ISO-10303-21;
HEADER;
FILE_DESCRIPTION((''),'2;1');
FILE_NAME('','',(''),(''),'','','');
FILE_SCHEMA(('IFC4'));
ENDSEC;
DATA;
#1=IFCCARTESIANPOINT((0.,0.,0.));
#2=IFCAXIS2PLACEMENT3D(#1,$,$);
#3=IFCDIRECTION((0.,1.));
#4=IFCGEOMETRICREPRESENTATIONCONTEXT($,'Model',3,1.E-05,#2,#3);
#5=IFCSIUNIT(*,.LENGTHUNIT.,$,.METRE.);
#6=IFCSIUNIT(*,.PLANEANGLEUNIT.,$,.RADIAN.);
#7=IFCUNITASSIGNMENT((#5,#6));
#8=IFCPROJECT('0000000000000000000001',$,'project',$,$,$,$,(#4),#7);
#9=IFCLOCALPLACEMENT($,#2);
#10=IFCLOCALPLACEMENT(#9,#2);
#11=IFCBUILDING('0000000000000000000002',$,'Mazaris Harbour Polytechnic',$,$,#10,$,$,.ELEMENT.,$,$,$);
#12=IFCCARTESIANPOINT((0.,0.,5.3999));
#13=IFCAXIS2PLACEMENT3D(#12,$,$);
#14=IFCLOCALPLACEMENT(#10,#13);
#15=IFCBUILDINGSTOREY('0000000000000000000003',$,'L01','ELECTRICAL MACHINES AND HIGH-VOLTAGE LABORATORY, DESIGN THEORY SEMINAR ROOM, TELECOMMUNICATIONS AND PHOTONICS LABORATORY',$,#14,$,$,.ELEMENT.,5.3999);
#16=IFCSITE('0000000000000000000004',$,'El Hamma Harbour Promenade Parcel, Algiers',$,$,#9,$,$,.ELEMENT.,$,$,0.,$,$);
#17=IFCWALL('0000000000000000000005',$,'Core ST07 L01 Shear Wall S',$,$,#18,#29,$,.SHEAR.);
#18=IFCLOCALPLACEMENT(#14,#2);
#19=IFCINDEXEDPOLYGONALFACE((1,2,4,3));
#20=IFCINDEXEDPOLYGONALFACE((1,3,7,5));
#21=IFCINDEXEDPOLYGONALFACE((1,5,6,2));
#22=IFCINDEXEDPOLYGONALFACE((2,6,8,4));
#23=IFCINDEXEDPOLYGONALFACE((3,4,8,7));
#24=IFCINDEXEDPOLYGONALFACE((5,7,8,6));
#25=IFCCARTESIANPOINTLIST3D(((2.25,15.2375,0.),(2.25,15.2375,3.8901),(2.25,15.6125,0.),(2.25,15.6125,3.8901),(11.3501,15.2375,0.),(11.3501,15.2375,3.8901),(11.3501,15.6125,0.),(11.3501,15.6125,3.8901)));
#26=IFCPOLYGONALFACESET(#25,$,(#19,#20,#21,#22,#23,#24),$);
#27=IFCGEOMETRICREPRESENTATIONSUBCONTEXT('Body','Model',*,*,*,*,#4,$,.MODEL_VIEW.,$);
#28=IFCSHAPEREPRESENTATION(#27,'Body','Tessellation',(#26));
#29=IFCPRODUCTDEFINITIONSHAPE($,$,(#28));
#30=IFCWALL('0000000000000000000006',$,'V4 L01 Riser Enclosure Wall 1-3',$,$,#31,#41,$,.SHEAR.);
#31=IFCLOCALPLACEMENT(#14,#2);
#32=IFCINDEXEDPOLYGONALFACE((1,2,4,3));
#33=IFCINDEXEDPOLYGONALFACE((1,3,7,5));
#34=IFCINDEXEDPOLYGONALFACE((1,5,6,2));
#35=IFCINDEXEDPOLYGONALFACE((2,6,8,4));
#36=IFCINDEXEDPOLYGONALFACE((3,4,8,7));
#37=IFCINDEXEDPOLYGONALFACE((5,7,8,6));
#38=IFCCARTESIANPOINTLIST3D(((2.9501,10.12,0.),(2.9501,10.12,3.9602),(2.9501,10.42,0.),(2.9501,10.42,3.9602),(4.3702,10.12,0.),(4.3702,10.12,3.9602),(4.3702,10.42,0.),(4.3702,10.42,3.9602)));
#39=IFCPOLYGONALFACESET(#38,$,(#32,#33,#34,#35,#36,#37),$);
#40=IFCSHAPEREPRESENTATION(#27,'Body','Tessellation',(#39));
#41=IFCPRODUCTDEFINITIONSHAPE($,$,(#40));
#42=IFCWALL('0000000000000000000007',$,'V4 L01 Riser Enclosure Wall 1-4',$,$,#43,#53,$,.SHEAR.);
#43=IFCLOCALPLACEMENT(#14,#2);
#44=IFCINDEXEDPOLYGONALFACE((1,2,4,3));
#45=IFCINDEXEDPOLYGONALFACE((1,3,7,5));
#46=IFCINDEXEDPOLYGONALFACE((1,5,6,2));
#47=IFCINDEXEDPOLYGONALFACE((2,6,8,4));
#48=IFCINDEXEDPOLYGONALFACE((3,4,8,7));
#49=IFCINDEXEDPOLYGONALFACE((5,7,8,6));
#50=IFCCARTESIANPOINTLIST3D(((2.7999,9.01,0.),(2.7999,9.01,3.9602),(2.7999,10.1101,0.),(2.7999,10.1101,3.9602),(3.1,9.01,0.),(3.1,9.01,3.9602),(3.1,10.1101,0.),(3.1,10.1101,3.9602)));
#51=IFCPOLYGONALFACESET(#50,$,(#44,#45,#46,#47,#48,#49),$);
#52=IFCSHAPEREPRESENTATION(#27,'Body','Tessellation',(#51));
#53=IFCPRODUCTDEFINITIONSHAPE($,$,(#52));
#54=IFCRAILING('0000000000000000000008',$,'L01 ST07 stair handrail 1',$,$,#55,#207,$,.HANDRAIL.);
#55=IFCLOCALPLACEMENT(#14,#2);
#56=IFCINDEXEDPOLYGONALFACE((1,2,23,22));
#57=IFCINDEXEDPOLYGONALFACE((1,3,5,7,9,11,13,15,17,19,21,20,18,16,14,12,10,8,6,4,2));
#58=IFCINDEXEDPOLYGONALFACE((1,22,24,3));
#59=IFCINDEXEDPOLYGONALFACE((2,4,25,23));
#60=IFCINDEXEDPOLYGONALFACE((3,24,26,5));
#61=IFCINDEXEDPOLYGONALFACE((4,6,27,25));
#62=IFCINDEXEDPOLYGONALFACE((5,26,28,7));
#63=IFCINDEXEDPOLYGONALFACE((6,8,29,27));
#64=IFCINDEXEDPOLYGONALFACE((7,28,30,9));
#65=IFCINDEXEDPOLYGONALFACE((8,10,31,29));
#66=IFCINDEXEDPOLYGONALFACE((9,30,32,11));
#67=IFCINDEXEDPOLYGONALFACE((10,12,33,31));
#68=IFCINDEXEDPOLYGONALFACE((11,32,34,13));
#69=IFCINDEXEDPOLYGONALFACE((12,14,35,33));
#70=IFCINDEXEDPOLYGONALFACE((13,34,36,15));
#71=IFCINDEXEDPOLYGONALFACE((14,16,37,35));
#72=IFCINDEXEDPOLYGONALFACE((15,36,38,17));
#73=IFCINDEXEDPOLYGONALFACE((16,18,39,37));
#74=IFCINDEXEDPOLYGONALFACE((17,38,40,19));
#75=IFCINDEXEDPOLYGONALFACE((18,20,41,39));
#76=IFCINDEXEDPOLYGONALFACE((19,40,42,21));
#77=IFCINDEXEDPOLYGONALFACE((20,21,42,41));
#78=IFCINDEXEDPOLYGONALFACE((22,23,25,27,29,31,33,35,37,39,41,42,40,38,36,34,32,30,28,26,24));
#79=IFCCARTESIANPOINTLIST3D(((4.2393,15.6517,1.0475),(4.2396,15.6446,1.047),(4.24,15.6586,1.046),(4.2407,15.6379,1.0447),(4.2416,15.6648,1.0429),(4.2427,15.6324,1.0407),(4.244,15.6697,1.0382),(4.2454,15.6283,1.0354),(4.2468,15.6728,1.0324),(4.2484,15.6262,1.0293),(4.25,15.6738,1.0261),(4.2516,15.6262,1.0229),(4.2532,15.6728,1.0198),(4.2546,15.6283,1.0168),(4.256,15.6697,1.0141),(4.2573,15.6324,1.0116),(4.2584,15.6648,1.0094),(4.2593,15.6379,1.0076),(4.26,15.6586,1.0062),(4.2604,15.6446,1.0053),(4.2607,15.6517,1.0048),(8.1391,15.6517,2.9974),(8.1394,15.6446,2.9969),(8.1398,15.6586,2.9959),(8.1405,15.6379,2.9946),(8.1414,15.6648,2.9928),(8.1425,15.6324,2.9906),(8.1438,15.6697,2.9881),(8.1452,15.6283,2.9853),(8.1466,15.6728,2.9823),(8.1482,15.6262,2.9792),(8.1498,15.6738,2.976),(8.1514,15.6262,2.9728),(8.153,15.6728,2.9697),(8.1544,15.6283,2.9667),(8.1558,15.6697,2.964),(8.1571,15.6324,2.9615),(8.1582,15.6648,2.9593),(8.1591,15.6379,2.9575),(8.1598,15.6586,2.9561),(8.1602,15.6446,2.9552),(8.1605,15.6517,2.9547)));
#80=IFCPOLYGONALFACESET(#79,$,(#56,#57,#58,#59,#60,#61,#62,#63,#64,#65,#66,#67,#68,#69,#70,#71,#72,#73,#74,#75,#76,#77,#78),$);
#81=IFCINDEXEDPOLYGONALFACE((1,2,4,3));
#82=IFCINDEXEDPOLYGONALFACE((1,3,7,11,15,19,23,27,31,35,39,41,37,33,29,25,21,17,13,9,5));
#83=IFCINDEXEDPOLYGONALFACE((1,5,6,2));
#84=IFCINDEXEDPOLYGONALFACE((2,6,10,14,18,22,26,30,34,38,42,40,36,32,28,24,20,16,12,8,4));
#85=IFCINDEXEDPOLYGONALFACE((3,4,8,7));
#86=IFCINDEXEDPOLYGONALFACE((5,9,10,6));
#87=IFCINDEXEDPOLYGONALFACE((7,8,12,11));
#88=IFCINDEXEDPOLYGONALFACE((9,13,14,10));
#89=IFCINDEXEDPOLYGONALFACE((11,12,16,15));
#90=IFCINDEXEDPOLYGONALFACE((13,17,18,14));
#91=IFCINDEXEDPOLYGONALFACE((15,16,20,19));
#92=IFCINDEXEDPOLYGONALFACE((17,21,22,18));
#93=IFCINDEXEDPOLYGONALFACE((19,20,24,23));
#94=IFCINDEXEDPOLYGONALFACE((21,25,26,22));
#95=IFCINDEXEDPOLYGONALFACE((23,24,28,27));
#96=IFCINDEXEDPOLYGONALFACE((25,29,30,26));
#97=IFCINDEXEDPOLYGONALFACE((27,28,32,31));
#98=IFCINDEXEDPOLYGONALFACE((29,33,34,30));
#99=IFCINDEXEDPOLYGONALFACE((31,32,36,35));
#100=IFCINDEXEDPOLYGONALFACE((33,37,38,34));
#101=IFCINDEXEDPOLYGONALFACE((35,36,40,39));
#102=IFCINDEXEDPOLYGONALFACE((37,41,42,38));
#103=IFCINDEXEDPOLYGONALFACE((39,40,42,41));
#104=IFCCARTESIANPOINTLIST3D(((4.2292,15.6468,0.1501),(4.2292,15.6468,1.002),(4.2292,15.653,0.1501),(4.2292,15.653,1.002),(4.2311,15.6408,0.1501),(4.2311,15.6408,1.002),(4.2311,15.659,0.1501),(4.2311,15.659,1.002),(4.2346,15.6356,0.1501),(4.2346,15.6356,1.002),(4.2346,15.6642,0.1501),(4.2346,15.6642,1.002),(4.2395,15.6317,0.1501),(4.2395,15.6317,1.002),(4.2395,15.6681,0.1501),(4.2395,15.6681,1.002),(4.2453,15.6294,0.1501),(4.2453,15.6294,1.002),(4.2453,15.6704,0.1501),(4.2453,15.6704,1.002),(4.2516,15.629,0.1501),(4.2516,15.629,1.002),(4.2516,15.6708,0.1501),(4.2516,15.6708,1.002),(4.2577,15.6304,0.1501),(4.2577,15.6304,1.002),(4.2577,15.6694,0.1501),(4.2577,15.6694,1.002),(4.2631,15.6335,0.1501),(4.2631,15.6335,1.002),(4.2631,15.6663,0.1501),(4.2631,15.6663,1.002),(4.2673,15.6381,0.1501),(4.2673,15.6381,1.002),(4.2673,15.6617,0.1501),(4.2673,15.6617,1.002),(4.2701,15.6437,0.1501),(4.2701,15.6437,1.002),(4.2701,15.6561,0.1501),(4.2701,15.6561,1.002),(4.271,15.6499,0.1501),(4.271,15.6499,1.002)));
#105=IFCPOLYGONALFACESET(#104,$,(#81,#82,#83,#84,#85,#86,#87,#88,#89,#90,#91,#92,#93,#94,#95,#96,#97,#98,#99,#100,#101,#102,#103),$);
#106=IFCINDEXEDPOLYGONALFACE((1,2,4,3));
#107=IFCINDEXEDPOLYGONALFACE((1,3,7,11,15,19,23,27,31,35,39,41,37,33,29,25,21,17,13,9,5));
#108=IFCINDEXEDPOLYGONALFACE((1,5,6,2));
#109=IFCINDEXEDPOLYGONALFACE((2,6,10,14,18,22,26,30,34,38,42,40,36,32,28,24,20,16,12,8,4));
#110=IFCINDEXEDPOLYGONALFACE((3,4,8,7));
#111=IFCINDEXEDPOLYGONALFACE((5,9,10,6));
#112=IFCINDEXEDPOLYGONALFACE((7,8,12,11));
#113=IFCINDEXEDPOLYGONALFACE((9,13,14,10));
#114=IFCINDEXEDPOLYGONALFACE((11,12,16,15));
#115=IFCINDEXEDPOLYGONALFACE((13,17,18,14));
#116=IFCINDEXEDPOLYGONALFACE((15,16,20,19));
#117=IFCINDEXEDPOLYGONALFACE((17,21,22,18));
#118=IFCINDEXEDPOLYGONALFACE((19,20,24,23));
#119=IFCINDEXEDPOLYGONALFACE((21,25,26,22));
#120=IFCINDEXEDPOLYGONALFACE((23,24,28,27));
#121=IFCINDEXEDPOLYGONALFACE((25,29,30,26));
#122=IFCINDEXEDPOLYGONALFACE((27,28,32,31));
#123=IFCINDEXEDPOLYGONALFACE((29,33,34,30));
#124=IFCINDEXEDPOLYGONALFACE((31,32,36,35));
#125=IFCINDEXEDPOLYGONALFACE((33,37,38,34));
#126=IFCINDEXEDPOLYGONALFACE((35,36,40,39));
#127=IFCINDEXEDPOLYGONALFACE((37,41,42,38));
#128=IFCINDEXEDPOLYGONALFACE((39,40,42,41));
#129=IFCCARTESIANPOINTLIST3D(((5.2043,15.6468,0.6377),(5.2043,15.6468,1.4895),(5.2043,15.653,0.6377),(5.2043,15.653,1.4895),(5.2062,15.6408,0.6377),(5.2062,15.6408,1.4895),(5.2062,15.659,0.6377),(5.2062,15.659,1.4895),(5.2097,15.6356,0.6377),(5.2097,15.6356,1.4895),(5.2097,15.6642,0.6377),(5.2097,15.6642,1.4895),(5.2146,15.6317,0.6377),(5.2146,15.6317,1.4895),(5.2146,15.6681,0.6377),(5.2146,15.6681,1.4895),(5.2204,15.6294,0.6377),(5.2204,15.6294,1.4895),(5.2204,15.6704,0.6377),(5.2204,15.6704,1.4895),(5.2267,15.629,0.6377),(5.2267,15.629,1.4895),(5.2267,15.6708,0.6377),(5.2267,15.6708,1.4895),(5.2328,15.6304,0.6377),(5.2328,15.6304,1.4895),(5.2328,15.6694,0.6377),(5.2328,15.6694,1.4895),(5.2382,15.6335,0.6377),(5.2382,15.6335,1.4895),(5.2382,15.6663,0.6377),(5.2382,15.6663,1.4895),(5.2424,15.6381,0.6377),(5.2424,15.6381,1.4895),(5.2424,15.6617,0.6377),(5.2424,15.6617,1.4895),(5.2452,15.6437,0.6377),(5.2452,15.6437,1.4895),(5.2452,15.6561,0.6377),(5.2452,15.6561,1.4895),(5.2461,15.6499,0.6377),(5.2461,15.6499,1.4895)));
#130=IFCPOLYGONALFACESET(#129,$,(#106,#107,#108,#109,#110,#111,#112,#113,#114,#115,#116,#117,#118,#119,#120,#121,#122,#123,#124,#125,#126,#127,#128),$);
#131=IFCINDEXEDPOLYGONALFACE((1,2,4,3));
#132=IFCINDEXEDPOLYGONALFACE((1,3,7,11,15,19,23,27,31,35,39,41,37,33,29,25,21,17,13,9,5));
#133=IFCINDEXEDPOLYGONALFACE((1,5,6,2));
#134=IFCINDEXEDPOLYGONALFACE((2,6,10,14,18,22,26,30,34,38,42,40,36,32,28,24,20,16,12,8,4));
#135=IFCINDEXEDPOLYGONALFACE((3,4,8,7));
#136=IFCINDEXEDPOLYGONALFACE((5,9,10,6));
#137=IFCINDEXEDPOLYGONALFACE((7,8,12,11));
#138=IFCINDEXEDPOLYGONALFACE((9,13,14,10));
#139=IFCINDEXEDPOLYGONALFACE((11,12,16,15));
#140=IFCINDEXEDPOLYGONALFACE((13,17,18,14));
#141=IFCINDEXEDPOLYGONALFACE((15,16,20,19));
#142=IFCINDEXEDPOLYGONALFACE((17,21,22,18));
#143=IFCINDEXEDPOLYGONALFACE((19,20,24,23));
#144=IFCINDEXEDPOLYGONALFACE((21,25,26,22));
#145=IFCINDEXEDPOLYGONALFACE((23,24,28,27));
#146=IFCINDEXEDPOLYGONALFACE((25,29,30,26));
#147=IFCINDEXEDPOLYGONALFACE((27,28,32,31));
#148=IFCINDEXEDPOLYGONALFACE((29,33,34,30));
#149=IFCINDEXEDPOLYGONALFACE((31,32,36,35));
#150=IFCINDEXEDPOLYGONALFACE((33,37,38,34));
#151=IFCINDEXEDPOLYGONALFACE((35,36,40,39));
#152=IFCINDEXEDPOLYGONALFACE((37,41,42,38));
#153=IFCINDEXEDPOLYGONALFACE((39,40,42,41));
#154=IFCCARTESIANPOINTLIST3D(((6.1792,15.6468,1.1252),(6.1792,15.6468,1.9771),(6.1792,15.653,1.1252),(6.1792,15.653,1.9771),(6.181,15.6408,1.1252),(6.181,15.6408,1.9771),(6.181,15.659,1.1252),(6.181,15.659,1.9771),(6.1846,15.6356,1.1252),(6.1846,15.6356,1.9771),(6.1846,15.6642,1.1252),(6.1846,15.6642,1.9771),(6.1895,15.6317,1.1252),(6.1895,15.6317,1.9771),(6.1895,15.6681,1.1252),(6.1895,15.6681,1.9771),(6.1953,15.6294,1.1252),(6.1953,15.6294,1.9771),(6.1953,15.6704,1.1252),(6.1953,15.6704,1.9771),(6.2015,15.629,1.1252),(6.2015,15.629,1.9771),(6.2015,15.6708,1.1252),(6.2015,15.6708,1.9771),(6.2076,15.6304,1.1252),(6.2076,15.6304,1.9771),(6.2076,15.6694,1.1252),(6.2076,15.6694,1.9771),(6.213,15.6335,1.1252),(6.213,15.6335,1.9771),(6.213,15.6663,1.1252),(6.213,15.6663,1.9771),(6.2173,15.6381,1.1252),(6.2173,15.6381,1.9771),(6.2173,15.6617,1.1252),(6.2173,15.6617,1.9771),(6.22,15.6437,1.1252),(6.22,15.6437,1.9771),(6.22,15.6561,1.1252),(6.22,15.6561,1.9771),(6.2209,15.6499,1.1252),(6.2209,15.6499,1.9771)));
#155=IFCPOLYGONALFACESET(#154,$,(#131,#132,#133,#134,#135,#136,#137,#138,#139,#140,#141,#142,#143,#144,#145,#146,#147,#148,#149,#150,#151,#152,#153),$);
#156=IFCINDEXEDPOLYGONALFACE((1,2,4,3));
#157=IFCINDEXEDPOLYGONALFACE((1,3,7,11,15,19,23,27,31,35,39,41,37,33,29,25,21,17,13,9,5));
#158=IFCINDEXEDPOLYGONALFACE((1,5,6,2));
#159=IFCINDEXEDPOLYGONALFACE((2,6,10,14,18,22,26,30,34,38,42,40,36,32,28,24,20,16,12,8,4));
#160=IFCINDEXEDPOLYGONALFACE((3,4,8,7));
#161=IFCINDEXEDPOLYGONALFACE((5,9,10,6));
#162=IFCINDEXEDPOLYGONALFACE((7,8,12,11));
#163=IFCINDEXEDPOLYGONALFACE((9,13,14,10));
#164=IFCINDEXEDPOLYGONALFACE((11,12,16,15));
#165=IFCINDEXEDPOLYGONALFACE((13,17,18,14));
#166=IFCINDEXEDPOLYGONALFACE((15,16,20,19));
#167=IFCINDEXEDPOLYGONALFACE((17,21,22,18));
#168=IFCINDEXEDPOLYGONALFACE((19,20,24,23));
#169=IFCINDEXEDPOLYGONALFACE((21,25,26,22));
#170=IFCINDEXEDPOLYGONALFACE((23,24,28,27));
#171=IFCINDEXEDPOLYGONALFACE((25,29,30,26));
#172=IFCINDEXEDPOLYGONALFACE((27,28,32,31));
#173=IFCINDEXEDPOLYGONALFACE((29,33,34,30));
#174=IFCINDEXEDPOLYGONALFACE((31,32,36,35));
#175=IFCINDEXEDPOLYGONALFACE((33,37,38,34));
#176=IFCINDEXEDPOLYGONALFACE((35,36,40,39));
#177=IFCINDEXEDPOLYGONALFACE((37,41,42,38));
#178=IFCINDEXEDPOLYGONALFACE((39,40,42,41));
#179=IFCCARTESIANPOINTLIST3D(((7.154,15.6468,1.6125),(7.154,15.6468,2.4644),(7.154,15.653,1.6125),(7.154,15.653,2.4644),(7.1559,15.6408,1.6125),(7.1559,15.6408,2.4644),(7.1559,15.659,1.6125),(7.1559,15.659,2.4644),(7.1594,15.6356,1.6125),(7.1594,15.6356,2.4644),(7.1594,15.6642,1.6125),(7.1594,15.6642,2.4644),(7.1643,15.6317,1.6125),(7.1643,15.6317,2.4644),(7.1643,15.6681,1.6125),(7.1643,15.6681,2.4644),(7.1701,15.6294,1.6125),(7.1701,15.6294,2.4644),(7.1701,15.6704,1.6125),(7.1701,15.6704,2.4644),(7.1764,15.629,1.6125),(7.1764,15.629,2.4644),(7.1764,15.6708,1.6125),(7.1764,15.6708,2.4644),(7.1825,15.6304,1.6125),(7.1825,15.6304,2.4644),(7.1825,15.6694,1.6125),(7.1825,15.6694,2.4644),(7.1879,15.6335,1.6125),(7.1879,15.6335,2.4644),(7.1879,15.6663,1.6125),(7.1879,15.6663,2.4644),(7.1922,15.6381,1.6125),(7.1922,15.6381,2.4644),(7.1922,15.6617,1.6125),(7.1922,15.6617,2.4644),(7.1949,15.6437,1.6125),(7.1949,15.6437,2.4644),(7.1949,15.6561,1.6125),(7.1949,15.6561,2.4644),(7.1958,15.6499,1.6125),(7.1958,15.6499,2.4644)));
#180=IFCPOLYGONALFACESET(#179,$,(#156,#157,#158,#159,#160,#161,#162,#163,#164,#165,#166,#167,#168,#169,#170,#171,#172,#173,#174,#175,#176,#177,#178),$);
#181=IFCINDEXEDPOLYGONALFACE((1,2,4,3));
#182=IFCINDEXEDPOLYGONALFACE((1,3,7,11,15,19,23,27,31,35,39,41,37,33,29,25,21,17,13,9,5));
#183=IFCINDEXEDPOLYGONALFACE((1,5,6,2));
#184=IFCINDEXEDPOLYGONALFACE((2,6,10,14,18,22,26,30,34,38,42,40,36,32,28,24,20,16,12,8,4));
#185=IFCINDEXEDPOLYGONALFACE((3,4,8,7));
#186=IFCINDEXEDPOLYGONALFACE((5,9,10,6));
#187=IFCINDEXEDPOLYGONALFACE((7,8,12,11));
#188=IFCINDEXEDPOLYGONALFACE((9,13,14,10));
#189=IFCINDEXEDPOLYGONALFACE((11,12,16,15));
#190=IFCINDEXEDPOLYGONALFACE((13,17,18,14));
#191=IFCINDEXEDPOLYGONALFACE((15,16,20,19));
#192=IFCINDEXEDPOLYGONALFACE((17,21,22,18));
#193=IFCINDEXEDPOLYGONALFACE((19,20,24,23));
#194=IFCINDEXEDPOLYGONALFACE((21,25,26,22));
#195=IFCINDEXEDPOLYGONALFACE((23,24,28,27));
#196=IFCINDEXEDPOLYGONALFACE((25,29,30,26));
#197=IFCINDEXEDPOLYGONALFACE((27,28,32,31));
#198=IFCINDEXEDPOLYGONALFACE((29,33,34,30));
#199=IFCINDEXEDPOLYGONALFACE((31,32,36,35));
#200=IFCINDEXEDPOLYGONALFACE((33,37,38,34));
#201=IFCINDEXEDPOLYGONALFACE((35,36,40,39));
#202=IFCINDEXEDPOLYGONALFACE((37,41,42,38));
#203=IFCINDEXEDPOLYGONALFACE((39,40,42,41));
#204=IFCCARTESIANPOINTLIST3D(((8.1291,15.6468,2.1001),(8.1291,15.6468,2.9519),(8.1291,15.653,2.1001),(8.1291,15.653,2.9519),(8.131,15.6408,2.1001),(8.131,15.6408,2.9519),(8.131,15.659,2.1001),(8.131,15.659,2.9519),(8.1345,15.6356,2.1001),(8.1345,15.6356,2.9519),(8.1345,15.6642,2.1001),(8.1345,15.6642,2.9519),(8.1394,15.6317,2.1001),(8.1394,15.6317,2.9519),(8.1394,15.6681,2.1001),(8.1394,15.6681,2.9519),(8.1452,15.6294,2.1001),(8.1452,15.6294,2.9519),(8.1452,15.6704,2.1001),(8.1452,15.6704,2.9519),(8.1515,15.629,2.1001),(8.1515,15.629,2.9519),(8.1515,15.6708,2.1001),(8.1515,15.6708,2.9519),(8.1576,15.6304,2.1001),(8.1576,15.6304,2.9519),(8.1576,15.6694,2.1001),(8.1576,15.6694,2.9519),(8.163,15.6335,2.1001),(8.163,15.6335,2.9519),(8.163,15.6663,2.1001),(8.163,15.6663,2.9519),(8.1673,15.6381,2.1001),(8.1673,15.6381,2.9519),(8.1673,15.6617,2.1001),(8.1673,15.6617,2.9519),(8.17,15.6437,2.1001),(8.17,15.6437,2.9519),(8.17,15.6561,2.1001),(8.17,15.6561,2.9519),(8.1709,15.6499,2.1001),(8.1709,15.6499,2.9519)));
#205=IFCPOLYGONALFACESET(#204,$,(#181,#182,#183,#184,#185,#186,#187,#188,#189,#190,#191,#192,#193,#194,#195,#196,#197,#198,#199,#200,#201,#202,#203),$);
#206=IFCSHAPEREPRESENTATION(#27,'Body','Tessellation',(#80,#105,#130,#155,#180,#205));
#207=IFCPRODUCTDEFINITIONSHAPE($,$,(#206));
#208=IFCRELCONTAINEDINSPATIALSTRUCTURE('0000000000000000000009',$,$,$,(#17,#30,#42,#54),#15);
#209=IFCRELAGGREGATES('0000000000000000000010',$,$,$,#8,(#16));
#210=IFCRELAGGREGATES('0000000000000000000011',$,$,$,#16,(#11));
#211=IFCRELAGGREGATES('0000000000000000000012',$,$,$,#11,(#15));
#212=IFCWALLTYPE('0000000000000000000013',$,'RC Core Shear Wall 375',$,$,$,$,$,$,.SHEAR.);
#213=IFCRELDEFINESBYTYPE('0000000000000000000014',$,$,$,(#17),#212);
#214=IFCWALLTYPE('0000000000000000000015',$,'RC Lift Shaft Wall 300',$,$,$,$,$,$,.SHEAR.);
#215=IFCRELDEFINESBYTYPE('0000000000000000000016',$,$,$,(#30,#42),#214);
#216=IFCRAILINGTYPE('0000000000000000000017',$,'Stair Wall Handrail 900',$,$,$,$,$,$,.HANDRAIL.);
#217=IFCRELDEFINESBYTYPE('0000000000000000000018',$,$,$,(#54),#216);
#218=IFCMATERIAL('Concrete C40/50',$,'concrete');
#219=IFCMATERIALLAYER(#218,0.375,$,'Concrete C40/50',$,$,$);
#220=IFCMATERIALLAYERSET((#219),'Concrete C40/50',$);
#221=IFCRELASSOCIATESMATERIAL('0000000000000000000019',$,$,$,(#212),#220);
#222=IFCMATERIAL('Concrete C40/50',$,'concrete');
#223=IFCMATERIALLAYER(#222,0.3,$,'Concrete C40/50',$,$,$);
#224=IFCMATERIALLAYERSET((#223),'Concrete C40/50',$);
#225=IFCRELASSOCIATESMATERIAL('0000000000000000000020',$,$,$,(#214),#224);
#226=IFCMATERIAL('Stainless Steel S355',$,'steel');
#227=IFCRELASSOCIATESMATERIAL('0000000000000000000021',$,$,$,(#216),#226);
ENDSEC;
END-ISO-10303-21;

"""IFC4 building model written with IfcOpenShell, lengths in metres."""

from ifc_helpers import new_model, si_unit, direction, frame, frame_2d, origin, origin_2d, place, context, subcontext, project, spatial, rectangle, circle, extrude, material, layer, layer_set, type_object, element, save


model = new_model("IFC4")

# Units and contexts
model_context = context("Model", 3, precision=1e-05, world=origin(), true_north=direction((0.0, 1.0)))
body_context = subcontext(model_context, "Body", "Model", "MODEL_VIEW")
ifc_project = project(units=[si_unit("LENGTHUNIT", "METRE"), si_unit("PLANEANGLEUNIT", "RADIAN")], contexts=[model_context])

# Site, building, storey
site_placement = place(None, origin())
site = spatial("IfcSite", under=ifc_project, at=site_placement, Name="El Hamma Harbour Promenade Parcel, Algiers", CompositionType="ELEMENT", RefElevation=0.0)
building_placement = place(site_placement, origin())
building = spatial("IfcBuilding", under=site, at=building_placement, Name="Mazaris Harbour Polytechnic", CompositionType="ELEMENT")
storey_placement = place(building_placement, frame((0.0, 0.0, 5.3999)))
storey = spatial("IfcBuildingStorey", under=building, at=storey_placement, Name="L01", Description="ELECTRICAL MACHINES AND HIGH-VOLTAGE LABORATORY, DESIGN THEORY SEMINAR ROOM, TELECOMMUNICATIONS AND PHOTONICS LABORATORY", CompositionType="ELEMENT", Elevation=5.3999)

# Walls
ifc_material_1 = material(Name="Concrete C40/50", Category="concrete")
ifc_layer_1 = layer(ifc_material_1, 0.375, Name="Concrete C40/50")
ifc_layer_set_1 = layer_set([ifc_layer_1], Name="Concrete C40/50")
wall_type_1 = type_object("IfcWallType", Name="RC Core Shear Wall 375", PredefinedType="SHEAR", material=ifc_layer_set_1)
wall_1_placement = place(storey_placement, frame((2.25, 15.425, 0.0), z_axis=(0.0, 0.0, 1.0), x_axis=(1.0, 0.0, 0.0)))
element("IfcWall", 1, at=wall_1_placement, inside=storey, type_object=wall_type_1, Name="Core ST07 L01 Shear Wall S", PredefinedType="SHEAR", context=body_context, shape_type="SweptSolid", body=[
    extrude(rectangle(XDim=9.1001, YDim=0.375, at=frame_2d((4.55, 0.0))), origin(), (0.0, 0.0, 1.0), 3.8901),
])
ifc_material_2 = material(Name="Concrete C40/50", Category="concrete")
ifc_layer_2 = layer(ifc_material_2, 0.3, Name="Concrete C40/50")
ifc_layer_set_2 = layer_set([ifc_layer_2], Name="Concrete C40/50")
wall_type_2 = type_object("IfcWallType", Name="RC Lift Shaft Wall 300", PredefinedType="SHEAR", material=ifc_layer_set_2)
wall_2_placement = place(storey_placement, frame((4.3701, 10.27, 0.0), z_axis=(0.0, 0.0, 1.0), x_axis=(-1.0, 0.0, 0.0)))
element("IfcWall", 2, at=wall_2_placement, inside=storey, type_object=wall_type_2, Name="V4 L01 Riser Enclosure Wall 1-3", PredefinedType="SHEAR", context=body_context, shape_type="SweptSolid", body=[
    extrude(rectangle(XDim=1.4202, YDim=0.3, at=frame_2d((0.71, 0.0))), origin(), (0.0, 0.0, 1.0), 3.9602),
])
wall_3_placement = place(storey_placement, frame((2.95, 10.1101, 0.0), z_axis=(0.0, 0.0, 1.0), x_axis=(0.0, -1.0, 0.0)))
element("IfcWall", 3, at=wall_3_placement, inside=storey, type_object=wall_type_2, Name="V4 L01 Riser Enclosure Wall 1-4", PredefinedType="SHEAR", context=body_context, shape_type="SweptSolid", body=[
    extrude(rectangle(XDim=1.1001, YDim=0.3, at=frame_2d((0.55, 0.0))), origin(), (0.0, 0.0, 1.0), 3.9602),
])

# Railing
ifc_material_3 = material(Name="Stainless Steel S355", Category="steel")
railing_type_1 = type_object("IfcRailingType", Name="Stair Wall Handrail 900", PredefinedType="HANDRAIL", material=ifc_material_3)
railing_1_placement = place(storey_placement, frame((4.25, 15.6499, 0.1501)))
element("IfcRailing", 4, at=railing_1_placement, inside=storey, type_object=railing_type_1, Name="L01 ST07 stair handrail 1", PredefinedType="HANDRAIL", context=body_context, shape_type="SweptSolid", body=[
    extrude(circle(Radius=0.0239, at=origin_2d()), frame((0.0, 0.0, 0.876), z_axis=(0.894427, 0.0, 0.447214), x_axis=(0.0, 1.0, 0.0)), (0.0, 0.0, 1.0), 4.3601),
    extrude(circle(Radius=0.021, at=origin_2d()), origin(), (0.0, 0.0, 1.0), 0.8518),
    extrude(circle(Radius=0.021, at=origin_2d()), frame((0.9751, 0.0, 0.4875)), (0.0, 0.0, 1.0), 0.8518),
    extrude(circle(Radius=0.021, at=origin_2d()), frame((1.95, 0.0, 0.9751)), (0.0, 0.0, 1.0), 0.8518),
    extrude(circle(Radius=0.021, at=origin_2d()), frame((2.9248, 0.0, 1.4624)), (0.0, 0.0, 1.0), 0.8518),
    extrude(circle(Radius=0.021, at=origin_2d()), frame((3.8999, 0.0, 1.95)), (0.0, 0.0, 1.0), 0.8518),
])

save(model, "model.ifc")
